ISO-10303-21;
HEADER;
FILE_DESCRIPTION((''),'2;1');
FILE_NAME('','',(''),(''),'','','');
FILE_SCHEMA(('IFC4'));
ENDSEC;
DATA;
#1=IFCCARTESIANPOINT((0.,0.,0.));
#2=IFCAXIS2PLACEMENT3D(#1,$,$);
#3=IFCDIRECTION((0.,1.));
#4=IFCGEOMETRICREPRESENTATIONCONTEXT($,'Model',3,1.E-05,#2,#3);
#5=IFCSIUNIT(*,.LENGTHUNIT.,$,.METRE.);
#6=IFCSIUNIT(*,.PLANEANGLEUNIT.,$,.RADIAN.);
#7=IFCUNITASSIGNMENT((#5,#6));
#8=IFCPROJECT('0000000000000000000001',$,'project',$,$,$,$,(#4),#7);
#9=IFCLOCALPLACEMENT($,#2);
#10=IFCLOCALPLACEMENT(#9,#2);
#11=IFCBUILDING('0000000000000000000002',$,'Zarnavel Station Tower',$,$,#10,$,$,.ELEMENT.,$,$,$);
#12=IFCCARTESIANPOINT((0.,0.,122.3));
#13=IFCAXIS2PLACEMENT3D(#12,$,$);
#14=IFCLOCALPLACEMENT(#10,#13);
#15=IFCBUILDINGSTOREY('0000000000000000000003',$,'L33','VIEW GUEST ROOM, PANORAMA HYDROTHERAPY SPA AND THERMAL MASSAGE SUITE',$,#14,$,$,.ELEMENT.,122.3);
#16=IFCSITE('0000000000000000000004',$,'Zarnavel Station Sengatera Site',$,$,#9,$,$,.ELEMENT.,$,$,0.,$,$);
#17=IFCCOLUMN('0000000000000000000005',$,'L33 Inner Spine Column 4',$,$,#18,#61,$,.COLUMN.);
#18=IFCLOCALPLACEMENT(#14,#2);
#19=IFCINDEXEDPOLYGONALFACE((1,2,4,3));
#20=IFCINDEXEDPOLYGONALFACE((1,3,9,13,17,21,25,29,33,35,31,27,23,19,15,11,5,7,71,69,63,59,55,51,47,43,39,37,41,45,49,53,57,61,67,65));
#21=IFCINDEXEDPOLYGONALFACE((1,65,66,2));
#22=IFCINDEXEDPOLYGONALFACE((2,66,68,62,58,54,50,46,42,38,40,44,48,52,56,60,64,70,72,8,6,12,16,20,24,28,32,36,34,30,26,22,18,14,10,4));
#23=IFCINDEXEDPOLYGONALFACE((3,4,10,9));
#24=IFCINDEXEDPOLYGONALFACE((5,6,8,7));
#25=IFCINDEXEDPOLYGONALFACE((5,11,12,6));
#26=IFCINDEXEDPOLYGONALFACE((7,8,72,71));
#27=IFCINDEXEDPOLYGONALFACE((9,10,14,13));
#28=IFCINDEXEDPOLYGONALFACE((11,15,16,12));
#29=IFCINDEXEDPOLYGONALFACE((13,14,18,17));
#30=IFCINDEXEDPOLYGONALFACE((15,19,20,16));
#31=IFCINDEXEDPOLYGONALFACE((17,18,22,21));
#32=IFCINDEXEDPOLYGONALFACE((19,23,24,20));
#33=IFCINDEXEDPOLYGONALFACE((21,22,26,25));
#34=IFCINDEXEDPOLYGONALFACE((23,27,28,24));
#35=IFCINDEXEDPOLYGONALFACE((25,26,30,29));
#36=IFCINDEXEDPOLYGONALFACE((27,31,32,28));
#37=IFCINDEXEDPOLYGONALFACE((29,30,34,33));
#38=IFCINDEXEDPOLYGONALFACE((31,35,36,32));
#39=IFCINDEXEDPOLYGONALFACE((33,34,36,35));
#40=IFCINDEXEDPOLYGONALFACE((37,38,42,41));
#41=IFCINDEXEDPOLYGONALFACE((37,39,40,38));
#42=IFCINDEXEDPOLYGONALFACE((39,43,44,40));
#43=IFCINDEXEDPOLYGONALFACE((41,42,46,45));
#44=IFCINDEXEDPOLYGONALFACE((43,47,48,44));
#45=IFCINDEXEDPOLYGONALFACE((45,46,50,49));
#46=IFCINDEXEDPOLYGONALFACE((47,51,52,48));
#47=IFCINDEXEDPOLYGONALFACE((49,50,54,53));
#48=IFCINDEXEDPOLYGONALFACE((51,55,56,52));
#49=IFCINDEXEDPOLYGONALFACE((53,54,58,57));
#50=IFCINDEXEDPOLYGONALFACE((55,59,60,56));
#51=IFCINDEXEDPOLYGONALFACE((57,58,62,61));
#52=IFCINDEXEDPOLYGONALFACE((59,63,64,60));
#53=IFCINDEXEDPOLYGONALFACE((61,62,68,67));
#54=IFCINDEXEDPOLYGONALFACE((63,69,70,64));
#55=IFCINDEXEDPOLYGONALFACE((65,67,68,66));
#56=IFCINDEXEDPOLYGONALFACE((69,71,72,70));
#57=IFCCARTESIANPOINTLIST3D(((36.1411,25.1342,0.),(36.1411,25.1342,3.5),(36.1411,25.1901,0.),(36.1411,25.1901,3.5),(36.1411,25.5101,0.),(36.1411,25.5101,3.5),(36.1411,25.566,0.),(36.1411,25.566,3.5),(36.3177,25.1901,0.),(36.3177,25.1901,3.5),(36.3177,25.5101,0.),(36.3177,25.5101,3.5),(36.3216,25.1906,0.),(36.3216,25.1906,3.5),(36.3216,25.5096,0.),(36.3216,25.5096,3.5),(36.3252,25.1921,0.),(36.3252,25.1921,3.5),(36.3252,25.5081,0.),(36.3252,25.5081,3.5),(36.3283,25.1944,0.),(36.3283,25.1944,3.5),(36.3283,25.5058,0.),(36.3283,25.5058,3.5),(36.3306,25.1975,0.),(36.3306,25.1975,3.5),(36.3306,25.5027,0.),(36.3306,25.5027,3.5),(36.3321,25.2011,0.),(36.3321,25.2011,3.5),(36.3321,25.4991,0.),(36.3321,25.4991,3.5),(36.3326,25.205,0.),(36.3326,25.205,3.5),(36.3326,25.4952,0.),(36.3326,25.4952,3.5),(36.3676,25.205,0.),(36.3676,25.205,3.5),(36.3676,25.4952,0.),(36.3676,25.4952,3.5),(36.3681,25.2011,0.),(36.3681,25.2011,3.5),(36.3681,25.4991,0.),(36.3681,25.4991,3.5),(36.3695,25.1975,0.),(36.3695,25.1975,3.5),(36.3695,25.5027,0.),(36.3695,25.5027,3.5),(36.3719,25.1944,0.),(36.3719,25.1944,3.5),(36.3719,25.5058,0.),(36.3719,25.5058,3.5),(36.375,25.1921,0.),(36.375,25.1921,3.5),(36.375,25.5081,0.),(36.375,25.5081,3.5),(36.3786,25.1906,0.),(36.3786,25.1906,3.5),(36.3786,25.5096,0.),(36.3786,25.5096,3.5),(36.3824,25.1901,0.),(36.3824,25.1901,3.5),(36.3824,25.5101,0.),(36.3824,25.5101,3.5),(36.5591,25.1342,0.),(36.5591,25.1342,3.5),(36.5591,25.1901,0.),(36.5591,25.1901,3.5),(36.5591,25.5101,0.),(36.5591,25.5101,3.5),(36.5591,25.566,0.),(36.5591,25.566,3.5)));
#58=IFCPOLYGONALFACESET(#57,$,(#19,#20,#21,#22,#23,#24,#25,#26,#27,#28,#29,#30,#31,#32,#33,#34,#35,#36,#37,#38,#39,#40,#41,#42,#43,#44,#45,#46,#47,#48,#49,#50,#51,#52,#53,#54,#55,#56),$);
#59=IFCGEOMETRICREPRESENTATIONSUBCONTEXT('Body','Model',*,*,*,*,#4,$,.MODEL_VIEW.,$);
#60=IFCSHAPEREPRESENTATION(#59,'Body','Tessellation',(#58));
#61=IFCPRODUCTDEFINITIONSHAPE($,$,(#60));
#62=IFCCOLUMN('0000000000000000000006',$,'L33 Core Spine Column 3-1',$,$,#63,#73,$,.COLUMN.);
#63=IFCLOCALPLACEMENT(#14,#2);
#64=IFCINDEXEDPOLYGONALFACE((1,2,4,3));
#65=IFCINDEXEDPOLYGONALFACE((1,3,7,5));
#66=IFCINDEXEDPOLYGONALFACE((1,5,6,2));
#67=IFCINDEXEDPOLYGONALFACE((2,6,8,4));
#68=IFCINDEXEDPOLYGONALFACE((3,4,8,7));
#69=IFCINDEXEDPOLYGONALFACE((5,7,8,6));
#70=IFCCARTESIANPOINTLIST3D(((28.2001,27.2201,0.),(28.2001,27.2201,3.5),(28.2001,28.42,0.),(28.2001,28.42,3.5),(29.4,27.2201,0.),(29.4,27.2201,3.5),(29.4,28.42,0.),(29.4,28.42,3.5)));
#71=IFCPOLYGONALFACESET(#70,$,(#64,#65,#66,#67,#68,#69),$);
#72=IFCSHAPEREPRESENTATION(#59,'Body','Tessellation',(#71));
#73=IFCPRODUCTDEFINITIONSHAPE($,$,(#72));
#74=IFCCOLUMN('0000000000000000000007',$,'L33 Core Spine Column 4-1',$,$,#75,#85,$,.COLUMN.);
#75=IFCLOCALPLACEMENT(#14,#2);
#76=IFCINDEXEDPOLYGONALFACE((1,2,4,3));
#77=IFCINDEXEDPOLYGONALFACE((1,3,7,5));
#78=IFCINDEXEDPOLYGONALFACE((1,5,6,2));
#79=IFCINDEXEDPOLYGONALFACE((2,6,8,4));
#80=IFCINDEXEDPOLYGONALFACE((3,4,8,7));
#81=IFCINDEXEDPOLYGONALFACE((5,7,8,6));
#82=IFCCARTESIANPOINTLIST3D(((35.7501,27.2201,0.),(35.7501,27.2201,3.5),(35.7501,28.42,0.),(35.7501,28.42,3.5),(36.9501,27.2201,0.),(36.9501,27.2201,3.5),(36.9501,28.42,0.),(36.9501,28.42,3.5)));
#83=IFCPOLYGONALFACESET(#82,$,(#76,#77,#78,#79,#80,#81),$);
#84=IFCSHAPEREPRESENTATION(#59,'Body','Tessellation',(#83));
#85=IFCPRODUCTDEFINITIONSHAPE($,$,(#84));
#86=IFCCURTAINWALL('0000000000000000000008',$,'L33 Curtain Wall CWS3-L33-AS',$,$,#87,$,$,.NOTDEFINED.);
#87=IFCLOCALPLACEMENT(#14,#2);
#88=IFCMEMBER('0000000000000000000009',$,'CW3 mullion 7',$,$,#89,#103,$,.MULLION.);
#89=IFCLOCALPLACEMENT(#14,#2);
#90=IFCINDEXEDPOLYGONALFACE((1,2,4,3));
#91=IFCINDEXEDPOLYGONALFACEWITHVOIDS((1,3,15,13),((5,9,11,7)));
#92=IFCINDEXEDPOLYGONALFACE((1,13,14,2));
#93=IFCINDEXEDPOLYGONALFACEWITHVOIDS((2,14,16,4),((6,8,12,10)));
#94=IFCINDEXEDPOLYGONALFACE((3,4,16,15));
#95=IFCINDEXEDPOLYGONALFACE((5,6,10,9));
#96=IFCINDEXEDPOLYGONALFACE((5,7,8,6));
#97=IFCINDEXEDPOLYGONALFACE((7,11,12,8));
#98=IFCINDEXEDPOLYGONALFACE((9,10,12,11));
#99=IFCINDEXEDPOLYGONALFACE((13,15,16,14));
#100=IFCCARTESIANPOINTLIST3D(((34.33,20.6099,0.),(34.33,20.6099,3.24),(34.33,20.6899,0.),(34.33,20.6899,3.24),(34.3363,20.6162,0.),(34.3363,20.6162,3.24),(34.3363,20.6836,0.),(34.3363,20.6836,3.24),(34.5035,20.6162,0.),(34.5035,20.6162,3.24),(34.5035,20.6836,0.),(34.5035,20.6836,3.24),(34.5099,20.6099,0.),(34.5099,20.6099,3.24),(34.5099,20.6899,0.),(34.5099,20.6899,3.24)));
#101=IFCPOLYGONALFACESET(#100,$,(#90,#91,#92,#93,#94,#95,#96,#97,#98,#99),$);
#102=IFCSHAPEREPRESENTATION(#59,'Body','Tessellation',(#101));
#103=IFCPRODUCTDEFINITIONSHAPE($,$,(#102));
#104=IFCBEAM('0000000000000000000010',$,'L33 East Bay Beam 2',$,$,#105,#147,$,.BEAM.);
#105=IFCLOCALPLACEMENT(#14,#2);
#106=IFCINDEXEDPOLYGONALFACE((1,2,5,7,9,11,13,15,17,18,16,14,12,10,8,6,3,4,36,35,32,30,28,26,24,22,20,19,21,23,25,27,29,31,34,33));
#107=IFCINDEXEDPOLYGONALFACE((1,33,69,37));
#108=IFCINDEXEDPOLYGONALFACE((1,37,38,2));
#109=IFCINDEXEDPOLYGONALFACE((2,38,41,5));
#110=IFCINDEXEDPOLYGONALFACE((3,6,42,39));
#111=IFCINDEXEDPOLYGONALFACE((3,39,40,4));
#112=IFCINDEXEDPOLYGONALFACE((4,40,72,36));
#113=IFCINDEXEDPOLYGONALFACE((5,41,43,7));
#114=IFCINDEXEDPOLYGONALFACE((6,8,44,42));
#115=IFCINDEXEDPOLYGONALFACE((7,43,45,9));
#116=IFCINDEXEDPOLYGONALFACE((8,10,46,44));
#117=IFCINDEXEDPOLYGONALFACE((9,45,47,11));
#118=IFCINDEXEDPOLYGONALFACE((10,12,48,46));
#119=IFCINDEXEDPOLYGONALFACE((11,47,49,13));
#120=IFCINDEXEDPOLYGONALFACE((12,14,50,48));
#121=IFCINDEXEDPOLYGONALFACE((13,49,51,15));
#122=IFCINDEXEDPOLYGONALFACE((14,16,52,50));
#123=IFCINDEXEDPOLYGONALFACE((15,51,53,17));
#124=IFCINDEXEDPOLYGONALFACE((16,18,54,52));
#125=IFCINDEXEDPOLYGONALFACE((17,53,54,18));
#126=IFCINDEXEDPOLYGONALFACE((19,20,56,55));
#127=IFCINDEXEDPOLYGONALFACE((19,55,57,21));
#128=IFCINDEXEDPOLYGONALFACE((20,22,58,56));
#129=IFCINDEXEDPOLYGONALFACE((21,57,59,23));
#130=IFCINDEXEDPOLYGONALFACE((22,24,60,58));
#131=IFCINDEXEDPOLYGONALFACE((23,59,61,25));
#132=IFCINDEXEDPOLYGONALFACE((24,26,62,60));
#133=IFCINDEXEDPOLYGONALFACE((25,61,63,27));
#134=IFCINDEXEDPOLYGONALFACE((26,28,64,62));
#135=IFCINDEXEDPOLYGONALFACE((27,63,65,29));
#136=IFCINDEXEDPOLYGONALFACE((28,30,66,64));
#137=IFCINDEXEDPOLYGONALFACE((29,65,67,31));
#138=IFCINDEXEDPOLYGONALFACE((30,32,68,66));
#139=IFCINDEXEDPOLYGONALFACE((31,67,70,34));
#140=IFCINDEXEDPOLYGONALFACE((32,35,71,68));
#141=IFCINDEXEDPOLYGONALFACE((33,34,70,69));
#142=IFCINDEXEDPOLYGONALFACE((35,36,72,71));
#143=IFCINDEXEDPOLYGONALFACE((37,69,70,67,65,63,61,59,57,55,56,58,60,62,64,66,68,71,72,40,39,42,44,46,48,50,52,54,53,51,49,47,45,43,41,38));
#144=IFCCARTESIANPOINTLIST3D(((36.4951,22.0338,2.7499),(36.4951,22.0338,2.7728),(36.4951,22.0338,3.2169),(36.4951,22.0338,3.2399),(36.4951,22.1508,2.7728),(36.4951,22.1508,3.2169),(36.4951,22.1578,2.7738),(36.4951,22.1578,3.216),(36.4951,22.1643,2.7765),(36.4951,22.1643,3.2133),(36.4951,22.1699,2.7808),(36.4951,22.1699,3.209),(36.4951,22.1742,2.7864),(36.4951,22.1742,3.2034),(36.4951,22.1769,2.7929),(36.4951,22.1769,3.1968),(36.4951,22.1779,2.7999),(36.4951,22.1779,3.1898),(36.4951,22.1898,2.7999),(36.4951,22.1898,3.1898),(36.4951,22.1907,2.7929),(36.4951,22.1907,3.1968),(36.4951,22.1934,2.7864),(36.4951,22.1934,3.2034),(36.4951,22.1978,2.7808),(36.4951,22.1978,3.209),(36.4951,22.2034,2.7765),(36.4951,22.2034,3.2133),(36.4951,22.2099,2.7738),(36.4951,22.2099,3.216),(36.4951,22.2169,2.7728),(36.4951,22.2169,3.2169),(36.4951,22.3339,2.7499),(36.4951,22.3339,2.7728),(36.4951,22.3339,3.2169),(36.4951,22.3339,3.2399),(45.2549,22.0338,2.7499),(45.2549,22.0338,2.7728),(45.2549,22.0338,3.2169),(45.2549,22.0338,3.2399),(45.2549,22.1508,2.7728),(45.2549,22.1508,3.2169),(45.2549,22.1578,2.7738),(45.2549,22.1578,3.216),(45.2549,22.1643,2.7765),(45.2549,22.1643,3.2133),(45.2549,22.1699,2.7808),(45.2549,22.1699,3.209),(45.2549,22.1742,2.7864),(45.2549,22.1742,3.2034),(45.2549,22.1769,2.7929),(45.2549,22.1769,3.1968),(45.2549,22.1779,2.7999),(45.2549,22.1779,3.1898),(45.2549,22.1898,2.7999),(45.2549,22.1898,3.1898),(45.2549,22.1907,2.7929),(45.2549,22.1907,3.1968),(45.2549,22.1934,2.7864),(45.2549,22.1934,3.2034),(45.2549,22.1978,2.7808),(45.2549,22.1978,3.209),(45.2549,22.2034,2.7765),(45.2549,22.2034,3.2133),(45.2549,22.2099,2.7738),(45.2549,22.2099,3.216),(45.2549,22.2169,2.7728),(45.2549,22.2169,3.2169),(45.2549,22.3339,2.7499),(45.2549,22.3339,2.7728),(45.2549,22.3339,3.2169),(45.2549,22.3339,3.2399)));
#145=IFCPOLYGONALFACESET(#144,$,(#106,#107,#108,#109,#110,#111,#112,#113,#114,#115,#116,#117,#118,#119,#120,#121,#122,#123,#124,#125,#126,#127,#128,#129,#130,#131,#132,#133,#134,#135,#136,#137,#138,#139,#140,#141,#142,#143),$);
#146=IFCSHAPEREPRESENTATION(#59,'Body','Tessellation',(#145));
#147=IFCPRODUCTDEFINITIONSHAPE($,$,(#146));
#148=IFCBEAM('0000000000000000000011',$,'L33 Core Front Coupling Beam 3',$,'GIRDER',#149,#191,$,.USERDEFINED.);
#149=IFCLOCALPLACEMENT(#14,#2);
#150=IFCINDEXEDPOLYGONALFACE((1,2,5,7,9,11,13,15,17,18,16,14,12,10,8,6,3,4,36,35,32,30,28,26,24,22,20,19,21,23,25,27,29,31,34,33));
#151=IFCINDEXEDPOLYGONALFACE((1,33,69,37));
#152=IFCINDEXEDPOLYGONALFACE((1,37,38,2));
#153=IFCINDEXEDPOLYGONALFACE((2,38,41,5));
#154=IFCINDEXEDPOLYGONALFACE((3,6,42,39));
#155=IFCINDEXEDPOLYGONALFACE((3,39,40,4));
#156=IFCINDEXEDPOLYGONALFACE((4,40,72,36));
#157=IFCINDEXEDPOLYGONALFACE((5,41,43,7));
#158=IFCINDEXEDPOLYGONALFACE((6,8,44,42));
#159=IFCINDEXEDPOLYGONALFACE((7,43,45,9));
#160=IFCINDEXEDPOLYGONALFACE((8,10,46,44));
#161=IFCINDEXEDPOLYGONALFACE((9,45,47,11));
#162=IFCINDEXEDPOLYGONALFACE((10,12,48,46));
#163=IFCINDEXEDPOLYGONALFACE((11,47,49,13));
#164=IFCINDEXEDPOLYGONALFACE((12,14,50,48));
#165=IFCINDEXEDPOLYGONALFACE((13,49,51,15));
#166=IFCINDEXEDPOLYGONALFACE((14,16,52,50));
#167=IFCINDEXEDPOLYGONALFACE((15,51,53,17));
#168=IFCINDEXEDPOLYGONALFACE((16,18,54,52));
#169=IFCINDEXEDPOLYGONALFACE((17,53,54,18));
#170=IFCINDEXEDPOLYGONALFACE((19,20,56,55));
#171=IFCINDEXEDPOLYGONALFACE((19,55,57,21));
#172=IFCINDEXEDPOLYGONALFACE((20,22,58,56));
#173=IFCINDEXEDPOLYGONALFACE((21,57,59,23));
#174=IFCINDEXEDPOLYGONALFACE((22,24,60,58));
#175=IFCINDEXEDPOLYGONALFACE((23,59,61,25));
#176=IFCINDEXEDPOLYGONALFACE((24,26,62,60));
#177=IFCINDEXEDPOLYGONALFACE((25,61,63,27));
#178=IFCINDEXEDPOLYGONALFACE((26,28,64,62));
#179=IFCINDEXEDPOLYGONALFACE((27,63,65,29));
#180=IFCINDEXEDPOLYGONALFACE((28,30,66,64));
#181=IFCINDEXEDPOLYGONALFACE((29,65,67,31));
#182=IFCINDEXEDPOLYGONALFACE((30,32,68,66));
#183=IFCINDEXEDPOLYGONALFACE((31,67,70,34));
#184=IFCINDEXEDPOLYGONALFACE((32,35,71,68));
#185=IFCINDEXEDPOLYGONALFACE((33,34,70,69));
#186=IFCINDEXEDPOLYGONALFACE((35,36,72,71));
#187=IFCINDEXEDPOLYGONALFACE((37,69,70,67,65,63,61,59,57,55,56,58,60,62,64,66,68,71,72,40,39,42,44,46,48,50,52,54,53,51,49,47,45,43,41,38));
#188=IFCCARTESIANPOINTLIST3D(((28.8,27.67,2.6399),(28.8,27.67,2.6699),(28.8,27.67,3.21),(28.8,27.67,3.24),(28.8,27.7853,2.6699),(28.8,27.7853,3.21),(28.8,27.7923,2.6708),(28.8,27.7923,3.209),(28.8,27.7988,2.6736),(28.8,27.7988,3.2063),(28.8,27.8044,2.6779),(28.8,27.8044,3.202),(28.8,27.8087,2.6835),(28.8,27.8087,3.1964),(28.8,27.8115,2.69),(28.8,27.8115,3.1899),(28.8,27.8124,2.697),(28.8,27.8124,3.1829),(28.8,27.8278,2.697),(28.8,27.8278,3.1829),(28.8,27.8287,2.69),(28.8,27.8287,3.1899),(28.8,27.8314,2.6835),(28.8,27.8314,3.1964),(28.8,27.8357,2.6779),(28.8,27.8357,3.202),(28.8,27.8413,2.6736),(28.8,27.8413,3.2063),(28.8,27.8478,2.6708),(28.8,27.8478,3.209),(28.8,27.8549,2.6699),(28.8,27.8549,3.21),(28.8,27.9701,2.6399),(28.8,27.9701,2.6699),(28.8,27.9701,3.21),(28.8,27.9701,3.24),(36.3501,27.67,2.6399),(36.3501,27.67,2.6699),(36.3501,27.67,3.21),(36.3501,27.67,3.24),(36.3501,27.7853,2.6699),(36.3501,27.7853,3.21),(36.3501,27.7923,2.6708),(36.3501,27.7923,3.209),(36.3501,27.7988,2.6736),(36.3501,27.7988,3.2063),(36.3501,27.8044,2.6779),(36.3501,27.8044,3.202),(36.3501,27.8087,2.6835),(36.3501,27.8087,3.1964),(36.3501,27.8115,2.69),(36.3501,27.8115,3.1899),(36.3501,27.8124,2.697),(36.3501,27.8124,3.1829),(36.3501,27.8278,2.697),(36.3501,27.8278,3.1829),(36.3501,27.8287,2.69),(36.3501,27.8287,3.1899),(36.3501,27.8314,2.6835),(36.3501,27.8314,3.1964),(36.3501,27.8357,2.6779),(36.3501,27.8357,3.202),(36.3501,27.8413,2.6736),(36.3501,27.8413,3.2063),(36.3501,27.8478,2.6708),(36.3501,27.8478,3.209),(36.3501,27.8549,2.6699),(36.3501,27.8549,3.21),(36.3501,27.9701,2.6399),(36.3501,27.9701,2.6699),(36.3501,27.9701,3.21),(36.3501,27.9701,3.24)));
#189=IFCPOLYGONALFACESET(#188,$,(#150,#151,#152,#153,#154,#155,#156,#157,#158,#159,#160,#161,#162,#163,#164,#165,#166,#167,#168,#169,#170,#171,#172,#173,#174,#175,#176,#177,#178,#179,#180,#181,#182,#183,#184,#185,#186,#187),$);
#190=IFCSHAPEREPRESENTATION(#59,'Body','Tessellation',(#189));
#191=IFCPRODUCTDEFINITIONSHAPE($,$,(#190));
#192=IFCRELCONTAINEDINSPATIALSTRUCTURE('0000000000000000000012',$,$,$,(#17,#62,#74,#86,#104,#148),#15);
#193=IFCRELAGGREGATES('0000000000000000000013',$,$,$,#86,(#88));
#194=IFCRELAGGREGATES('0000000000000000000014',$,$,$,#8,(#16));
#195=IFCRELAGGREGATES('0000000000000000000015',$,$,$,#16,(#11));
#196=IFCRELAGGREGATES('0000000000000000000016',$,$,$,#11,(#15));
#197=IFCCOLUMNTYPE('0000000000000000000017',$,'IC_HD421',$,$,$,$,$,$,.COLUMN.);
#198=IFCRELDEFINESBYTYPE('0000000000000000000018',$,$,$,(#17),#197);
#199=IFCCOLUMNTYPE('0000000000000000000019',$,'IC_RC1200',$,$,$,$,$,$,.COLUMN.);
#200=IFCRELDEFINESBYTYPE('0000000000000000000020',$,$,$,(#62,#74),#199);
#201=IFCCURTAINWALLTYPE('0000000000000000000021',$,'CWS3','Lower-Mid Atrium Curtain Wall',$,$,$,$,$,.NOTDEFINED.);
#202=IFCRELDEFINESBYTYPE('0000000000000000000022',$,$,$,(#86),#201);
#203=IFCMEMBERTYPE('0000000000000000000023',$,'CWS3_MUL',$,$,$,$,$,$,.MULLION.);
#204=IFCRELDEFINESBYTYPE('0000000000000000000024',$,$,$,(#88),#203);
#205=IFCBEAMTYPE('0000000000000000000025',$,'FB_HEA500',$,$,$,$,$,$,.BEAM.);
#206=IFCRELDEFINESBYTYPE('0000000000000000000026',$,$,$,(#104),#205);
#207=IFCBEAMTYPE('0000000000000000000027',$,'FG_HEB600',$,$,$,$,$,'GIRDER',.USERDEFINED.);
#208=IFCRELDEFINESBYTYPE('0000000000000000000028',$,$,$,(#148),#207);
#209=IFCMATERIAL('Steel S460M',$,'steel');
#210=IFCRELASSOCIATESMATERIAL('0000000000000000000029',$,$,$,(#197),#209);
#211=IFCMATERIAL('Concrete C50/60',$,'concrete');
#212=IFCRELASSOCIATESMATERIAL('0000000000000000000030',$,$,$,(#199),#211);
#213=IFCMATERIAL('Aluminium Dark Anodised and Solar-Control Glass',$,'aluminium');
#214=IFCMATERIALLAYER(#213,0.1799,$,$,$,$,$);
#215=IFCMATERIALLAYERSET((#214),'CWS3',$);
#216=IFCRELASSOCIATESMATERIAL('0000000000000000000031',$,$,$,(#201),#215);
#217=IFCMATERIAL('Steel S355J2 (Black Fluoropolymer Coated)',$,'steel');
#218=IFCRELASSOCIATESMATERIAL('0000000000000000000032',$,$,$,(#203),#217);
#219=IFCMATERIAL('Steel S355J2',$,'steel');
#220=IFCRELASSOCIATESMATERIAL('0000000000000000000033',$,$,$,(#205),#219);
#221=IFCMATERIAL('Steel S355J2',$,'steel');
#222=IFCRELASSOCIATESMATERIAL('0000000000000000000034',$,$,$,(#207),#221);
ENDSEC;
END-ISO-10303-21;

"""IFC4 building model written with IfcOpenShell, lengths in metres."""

from ifc_helpers import new_model, si_unit, direction, frame, origin, origin_2d, place, context, subcontext, project, spatial, rectangle, hollow_rectangle, i_section, extrude, material, layer, layer_set, material_profile, profile_set, type_object, element, aggregate, save


model = new_model("IFC4")

# Units and contexts
model_context = context("Model", 3, precision=1e-05, world=origin(), true_north=direction((0.0, 1.0)))
body_context = subcontext(model_context, "Body", "Model", "MODEL_VIEW")
ifc_project = project(units=[si_unit("LENGTHUNIT", "METRE"), si_unit("PLANEANGLEUNIT", "RADIAN")], contexts=[model_context])

# Site, building, storey
site_placement = place(None, origin())
site = spatial("IfcSite", under=ifc_project, at=site_placement, Name="Zarnavel Station Sengatera Site", CompositionType="ELEMENT", RefElevation=0.0)
building_placement = place(site_placement, origin())
building = spatial("IfcBuilding", under=site, at=building_placement, Name="Zarnavel Station Tower", CompositionType="ELEMENT")
storey_placement = place(building_placement, frame((0.0, 0.0, 122.3)))
storey = spatial("IfcBuildingStorey", under=building, at=storey_placement, Name="L33", Description="VIEW GUEST ROOM, PANORAMA HYDROTHERAPY SPA AND THERMAL MASSAGE SUITE", CompositionType="ELEMENT", Elevation=122.3)

# Columns
ifc_material_1 = material(Name="Steel S460M", Category="steel")
ifc_material_profile_1 = material_profile(ifc_material_1, i_section(OverallWidth=0.418, OverallDepth=0.4319, WebThickness=0.0349, FlangeThickness=0.0559, FilletRadius=0.0149, at=origin_2d()), Name="HD400x421")
ifc_profile_set_1 = profile_set([ifc_material_profile_1], Name="Steel S460M")
column_type_1 = type_object("IfcColumnType", Name="IC_HD421", PredefinedType="COLUMN", material=ifc_profile_set_1)
column_placement = place(storey_placement, frame((36.3501, 25.3501, 0.0), z_axis=(0.0, 0.0, 1.0), x_axis=(1.0, 0.0, 0.0)))
element("IfcColumn", 1, at=column_placement, inside=storey, type_object=column_type_1, Name="L33 Inner Spine Column 4", PredefinedType="COLUMN", context=body_context, shape_type="SweptSolid", body=[
    extrude(i_section(OverallWidth=0.418, OverallDepth=0.4319, WebThickness=0.0349, FlangeThickness=0.0559, FilletRadius=0.0149, at=origin_2d()), origin(), (0.0, 0.0, 1.0), 3.5),
])
ifc_material_2 = material(Name="Concrete C50/60", Category="concrete")
ifc_material_profile_2 = material_profile(ifc_material_2, rectangle(XDim=1.2, YDim=1.2, at=origin_2d()), Name="RC1200x1200")
ifc_profile_set_2 = profile_set([ifc_material_profile_2], Name="Concrete C50/60")
column_type_2 = type_object("IfcColumnType", Name="IC_RC1200", PredefinedType="COLUMN", material=ifc_profile_set_2)
for number, where, z_axis, x_axis, name in (
    (2, (28.8, 27.8201, 0.0), (0.0, 0.0, 1.0), (1.0, 0.0, 0.0), "L33 Core Spine Column 3-1"),
    (3, (36.3501, 27.8201, 0.0), (0.0, 0.0, 1.0), (1.0, 0.0, 0.0), "L33 Core Spine Column 4-1"),
):
    element("IfcColumn", number, at=place(storey_placement, frame(where, z_axis=z_axis, x_axis=x_axis)), inside=storey, type_object=column_type_2, Name=name, PredefinedType="COLUMN", context=body_context, shape_type="SweptSolid", body=[
        extrude(rectangle(XDim=1.2, YDim=1.2, at=origin_2d()), origin(), (0.0, 0.0, 1.0), 3.5),
    ])

# Curtain wall, member
ifc_material_3 = material(Name="Aluminium Dark Anodised and Solar-Control Glass", Category="aluminium")
ifc_layer_1 = layer(ifc_material_3, 0.1799)
ifc_layer_set_1 = layer_set([ifc_layer_1], Name="CWS3")
curtain_wall_type = type_object("IfcCurtainWallType", Name="CWS3", Description="Lower-Mid Atrium Curtain Wall", PredefinedType="NOTDEFINED", material=ifc_layer_set_1)
curtain_wall_placement = place(storey_placement, origin())
curtain_wall = element("IfcCurtainWall", 4, at=curtain_wall_placement, inside=storey, type_object=curtain_wall_type, Name="L33 Curtain Wall CWS3-L33-AS", PredefinedType="NOTDEFINED")
ifc_material_4 = material(Name="Steel S355J2 (Black Fluoropolymer Coated)", Category="steel")
ifc_material_profile_3 = material_profile(ifc_material_4, hollow_rectangle(XDim=0.0801, YDim=0.1799, WallThickness=0.0063, at=origin_2d()), Name="RHS180x80x6.3")
ifc_profile_set_3 = profile_set([ifc_material_profile_3], Name="Steel S355J2 (Black Fluoropolymer Coated)")
member_type = type_object("IfcMemberType", Name="CWS3_MUL", PredefinedType="MULLION", material=ifc_profile_set_3)
member_placement = place(storey_placement, frame((34.4199, 20.6499, 0.0), z_axis=(0.0, 0.0, 1.0), x_axis=(0.0, 1.0, 0.0)))
member = element("IfcMember", 5, at=member_placement, type_object=member_type, Name="CW3 mullion 7", PredefinedType="MULLION", context=body_context, shape_type="SweptSolid", body=[
    extrude(hollow_rectangle(XDim=0.0801, YDim=0.1799, WallThickness=0.0063, at=origin_2d()), origin(), (0.0, 0.0, 1.0), 3.24),
])

# Beams
ifc_material_5 = material(Name="Steel S355J2", Category="steel")
ifc_material_profile_4 = material_profile(ifc_material_5, i_section(OverallWidth=0.3, OverallDepth=0.49, WebThickness=0.012, FlangeThickness=0.0229, FilletRadius=0.0271, at=origin_2d()), Name="HEA500")
ifc_profile_set_4 = profile_set([ifc_material_profile_4], Name="Steel S355J2")
beam_type_1 = type_object("IfcBeamType", Name="FB_HEA500", PredefinedType="BEAM", material=ifc_profile_set_4)
beam_1_placement = place(storey_placement, frame((36.4951, 22.1838, 2.9949), z_axis=(1.0, 0.0, 0.0), x_axis=(0.0, 1.0, 0.0)))
element("IfcBeam", 6, at=beam_1_placement, inside=storey, type_object=beam_type_1, Name="L33 East Bay Beam 2", PredefinedType="BEAM", context=body_context, shape_type="SweptSolid", body=[
    extrude(i_section(OverallWidth=0.3, OverallDepth=0.49, WebThickness=0.012, FlangeThickness=0.0229, FilletRadius=0.0271, at=origin_2d()), origin(), (0.0, 0.0, 1.0), 8.7598),
])
ifc_material_6 = material(Name="Steel S355J2", Category="steel")
ifc_material_profile_5 = material_profile(ifc_material_6, i_section(OverallWidth=0.3, OverallDepth=0.6001, WebThickness=0.0154, FlangeThickness=0.03, FilletRadius=0.0271, at=origin_2d()), Name="HEB600")
ifc_profile_set_5 = profile_set([ifc_material_profile_5], Name="Steel S355J2")
beam_type_2 = type_object("IfcBeamType", Name="FG_HEB600", ElementType="GIRDER", PredefinedType="USERDEFINED", material=ifc_profile_set_5)
beam_2_placement = place(storey_placement, frame((28.8, 27.8201, 2.9399), z_axis=(1.0, 0.0, 0.0), x_axis=(0.0, 1.0, 0.0)))
element("IfcBeam", 7, at=beam_2_placement, inside=storey, type_object=beam_type_2, Name="L33 Core Front Coupling Beam 3", ObjectType="GIRDER", PredefinedType="USERDEFINED", context=body_context, shape_type="SweptSolid", body=[
    extrude(i_section(OverallWidth=0.3, OverallDepth=0.6001, WebThickness=0.0154, FlangeThickness=0.03, FilletRadius=0.0271, at=origin_2d()), origin(), (0.0, 0.0, 1.0), 7.55),
])

aggregate(curtain_wall, [member])

save(model, "model.ifc")
